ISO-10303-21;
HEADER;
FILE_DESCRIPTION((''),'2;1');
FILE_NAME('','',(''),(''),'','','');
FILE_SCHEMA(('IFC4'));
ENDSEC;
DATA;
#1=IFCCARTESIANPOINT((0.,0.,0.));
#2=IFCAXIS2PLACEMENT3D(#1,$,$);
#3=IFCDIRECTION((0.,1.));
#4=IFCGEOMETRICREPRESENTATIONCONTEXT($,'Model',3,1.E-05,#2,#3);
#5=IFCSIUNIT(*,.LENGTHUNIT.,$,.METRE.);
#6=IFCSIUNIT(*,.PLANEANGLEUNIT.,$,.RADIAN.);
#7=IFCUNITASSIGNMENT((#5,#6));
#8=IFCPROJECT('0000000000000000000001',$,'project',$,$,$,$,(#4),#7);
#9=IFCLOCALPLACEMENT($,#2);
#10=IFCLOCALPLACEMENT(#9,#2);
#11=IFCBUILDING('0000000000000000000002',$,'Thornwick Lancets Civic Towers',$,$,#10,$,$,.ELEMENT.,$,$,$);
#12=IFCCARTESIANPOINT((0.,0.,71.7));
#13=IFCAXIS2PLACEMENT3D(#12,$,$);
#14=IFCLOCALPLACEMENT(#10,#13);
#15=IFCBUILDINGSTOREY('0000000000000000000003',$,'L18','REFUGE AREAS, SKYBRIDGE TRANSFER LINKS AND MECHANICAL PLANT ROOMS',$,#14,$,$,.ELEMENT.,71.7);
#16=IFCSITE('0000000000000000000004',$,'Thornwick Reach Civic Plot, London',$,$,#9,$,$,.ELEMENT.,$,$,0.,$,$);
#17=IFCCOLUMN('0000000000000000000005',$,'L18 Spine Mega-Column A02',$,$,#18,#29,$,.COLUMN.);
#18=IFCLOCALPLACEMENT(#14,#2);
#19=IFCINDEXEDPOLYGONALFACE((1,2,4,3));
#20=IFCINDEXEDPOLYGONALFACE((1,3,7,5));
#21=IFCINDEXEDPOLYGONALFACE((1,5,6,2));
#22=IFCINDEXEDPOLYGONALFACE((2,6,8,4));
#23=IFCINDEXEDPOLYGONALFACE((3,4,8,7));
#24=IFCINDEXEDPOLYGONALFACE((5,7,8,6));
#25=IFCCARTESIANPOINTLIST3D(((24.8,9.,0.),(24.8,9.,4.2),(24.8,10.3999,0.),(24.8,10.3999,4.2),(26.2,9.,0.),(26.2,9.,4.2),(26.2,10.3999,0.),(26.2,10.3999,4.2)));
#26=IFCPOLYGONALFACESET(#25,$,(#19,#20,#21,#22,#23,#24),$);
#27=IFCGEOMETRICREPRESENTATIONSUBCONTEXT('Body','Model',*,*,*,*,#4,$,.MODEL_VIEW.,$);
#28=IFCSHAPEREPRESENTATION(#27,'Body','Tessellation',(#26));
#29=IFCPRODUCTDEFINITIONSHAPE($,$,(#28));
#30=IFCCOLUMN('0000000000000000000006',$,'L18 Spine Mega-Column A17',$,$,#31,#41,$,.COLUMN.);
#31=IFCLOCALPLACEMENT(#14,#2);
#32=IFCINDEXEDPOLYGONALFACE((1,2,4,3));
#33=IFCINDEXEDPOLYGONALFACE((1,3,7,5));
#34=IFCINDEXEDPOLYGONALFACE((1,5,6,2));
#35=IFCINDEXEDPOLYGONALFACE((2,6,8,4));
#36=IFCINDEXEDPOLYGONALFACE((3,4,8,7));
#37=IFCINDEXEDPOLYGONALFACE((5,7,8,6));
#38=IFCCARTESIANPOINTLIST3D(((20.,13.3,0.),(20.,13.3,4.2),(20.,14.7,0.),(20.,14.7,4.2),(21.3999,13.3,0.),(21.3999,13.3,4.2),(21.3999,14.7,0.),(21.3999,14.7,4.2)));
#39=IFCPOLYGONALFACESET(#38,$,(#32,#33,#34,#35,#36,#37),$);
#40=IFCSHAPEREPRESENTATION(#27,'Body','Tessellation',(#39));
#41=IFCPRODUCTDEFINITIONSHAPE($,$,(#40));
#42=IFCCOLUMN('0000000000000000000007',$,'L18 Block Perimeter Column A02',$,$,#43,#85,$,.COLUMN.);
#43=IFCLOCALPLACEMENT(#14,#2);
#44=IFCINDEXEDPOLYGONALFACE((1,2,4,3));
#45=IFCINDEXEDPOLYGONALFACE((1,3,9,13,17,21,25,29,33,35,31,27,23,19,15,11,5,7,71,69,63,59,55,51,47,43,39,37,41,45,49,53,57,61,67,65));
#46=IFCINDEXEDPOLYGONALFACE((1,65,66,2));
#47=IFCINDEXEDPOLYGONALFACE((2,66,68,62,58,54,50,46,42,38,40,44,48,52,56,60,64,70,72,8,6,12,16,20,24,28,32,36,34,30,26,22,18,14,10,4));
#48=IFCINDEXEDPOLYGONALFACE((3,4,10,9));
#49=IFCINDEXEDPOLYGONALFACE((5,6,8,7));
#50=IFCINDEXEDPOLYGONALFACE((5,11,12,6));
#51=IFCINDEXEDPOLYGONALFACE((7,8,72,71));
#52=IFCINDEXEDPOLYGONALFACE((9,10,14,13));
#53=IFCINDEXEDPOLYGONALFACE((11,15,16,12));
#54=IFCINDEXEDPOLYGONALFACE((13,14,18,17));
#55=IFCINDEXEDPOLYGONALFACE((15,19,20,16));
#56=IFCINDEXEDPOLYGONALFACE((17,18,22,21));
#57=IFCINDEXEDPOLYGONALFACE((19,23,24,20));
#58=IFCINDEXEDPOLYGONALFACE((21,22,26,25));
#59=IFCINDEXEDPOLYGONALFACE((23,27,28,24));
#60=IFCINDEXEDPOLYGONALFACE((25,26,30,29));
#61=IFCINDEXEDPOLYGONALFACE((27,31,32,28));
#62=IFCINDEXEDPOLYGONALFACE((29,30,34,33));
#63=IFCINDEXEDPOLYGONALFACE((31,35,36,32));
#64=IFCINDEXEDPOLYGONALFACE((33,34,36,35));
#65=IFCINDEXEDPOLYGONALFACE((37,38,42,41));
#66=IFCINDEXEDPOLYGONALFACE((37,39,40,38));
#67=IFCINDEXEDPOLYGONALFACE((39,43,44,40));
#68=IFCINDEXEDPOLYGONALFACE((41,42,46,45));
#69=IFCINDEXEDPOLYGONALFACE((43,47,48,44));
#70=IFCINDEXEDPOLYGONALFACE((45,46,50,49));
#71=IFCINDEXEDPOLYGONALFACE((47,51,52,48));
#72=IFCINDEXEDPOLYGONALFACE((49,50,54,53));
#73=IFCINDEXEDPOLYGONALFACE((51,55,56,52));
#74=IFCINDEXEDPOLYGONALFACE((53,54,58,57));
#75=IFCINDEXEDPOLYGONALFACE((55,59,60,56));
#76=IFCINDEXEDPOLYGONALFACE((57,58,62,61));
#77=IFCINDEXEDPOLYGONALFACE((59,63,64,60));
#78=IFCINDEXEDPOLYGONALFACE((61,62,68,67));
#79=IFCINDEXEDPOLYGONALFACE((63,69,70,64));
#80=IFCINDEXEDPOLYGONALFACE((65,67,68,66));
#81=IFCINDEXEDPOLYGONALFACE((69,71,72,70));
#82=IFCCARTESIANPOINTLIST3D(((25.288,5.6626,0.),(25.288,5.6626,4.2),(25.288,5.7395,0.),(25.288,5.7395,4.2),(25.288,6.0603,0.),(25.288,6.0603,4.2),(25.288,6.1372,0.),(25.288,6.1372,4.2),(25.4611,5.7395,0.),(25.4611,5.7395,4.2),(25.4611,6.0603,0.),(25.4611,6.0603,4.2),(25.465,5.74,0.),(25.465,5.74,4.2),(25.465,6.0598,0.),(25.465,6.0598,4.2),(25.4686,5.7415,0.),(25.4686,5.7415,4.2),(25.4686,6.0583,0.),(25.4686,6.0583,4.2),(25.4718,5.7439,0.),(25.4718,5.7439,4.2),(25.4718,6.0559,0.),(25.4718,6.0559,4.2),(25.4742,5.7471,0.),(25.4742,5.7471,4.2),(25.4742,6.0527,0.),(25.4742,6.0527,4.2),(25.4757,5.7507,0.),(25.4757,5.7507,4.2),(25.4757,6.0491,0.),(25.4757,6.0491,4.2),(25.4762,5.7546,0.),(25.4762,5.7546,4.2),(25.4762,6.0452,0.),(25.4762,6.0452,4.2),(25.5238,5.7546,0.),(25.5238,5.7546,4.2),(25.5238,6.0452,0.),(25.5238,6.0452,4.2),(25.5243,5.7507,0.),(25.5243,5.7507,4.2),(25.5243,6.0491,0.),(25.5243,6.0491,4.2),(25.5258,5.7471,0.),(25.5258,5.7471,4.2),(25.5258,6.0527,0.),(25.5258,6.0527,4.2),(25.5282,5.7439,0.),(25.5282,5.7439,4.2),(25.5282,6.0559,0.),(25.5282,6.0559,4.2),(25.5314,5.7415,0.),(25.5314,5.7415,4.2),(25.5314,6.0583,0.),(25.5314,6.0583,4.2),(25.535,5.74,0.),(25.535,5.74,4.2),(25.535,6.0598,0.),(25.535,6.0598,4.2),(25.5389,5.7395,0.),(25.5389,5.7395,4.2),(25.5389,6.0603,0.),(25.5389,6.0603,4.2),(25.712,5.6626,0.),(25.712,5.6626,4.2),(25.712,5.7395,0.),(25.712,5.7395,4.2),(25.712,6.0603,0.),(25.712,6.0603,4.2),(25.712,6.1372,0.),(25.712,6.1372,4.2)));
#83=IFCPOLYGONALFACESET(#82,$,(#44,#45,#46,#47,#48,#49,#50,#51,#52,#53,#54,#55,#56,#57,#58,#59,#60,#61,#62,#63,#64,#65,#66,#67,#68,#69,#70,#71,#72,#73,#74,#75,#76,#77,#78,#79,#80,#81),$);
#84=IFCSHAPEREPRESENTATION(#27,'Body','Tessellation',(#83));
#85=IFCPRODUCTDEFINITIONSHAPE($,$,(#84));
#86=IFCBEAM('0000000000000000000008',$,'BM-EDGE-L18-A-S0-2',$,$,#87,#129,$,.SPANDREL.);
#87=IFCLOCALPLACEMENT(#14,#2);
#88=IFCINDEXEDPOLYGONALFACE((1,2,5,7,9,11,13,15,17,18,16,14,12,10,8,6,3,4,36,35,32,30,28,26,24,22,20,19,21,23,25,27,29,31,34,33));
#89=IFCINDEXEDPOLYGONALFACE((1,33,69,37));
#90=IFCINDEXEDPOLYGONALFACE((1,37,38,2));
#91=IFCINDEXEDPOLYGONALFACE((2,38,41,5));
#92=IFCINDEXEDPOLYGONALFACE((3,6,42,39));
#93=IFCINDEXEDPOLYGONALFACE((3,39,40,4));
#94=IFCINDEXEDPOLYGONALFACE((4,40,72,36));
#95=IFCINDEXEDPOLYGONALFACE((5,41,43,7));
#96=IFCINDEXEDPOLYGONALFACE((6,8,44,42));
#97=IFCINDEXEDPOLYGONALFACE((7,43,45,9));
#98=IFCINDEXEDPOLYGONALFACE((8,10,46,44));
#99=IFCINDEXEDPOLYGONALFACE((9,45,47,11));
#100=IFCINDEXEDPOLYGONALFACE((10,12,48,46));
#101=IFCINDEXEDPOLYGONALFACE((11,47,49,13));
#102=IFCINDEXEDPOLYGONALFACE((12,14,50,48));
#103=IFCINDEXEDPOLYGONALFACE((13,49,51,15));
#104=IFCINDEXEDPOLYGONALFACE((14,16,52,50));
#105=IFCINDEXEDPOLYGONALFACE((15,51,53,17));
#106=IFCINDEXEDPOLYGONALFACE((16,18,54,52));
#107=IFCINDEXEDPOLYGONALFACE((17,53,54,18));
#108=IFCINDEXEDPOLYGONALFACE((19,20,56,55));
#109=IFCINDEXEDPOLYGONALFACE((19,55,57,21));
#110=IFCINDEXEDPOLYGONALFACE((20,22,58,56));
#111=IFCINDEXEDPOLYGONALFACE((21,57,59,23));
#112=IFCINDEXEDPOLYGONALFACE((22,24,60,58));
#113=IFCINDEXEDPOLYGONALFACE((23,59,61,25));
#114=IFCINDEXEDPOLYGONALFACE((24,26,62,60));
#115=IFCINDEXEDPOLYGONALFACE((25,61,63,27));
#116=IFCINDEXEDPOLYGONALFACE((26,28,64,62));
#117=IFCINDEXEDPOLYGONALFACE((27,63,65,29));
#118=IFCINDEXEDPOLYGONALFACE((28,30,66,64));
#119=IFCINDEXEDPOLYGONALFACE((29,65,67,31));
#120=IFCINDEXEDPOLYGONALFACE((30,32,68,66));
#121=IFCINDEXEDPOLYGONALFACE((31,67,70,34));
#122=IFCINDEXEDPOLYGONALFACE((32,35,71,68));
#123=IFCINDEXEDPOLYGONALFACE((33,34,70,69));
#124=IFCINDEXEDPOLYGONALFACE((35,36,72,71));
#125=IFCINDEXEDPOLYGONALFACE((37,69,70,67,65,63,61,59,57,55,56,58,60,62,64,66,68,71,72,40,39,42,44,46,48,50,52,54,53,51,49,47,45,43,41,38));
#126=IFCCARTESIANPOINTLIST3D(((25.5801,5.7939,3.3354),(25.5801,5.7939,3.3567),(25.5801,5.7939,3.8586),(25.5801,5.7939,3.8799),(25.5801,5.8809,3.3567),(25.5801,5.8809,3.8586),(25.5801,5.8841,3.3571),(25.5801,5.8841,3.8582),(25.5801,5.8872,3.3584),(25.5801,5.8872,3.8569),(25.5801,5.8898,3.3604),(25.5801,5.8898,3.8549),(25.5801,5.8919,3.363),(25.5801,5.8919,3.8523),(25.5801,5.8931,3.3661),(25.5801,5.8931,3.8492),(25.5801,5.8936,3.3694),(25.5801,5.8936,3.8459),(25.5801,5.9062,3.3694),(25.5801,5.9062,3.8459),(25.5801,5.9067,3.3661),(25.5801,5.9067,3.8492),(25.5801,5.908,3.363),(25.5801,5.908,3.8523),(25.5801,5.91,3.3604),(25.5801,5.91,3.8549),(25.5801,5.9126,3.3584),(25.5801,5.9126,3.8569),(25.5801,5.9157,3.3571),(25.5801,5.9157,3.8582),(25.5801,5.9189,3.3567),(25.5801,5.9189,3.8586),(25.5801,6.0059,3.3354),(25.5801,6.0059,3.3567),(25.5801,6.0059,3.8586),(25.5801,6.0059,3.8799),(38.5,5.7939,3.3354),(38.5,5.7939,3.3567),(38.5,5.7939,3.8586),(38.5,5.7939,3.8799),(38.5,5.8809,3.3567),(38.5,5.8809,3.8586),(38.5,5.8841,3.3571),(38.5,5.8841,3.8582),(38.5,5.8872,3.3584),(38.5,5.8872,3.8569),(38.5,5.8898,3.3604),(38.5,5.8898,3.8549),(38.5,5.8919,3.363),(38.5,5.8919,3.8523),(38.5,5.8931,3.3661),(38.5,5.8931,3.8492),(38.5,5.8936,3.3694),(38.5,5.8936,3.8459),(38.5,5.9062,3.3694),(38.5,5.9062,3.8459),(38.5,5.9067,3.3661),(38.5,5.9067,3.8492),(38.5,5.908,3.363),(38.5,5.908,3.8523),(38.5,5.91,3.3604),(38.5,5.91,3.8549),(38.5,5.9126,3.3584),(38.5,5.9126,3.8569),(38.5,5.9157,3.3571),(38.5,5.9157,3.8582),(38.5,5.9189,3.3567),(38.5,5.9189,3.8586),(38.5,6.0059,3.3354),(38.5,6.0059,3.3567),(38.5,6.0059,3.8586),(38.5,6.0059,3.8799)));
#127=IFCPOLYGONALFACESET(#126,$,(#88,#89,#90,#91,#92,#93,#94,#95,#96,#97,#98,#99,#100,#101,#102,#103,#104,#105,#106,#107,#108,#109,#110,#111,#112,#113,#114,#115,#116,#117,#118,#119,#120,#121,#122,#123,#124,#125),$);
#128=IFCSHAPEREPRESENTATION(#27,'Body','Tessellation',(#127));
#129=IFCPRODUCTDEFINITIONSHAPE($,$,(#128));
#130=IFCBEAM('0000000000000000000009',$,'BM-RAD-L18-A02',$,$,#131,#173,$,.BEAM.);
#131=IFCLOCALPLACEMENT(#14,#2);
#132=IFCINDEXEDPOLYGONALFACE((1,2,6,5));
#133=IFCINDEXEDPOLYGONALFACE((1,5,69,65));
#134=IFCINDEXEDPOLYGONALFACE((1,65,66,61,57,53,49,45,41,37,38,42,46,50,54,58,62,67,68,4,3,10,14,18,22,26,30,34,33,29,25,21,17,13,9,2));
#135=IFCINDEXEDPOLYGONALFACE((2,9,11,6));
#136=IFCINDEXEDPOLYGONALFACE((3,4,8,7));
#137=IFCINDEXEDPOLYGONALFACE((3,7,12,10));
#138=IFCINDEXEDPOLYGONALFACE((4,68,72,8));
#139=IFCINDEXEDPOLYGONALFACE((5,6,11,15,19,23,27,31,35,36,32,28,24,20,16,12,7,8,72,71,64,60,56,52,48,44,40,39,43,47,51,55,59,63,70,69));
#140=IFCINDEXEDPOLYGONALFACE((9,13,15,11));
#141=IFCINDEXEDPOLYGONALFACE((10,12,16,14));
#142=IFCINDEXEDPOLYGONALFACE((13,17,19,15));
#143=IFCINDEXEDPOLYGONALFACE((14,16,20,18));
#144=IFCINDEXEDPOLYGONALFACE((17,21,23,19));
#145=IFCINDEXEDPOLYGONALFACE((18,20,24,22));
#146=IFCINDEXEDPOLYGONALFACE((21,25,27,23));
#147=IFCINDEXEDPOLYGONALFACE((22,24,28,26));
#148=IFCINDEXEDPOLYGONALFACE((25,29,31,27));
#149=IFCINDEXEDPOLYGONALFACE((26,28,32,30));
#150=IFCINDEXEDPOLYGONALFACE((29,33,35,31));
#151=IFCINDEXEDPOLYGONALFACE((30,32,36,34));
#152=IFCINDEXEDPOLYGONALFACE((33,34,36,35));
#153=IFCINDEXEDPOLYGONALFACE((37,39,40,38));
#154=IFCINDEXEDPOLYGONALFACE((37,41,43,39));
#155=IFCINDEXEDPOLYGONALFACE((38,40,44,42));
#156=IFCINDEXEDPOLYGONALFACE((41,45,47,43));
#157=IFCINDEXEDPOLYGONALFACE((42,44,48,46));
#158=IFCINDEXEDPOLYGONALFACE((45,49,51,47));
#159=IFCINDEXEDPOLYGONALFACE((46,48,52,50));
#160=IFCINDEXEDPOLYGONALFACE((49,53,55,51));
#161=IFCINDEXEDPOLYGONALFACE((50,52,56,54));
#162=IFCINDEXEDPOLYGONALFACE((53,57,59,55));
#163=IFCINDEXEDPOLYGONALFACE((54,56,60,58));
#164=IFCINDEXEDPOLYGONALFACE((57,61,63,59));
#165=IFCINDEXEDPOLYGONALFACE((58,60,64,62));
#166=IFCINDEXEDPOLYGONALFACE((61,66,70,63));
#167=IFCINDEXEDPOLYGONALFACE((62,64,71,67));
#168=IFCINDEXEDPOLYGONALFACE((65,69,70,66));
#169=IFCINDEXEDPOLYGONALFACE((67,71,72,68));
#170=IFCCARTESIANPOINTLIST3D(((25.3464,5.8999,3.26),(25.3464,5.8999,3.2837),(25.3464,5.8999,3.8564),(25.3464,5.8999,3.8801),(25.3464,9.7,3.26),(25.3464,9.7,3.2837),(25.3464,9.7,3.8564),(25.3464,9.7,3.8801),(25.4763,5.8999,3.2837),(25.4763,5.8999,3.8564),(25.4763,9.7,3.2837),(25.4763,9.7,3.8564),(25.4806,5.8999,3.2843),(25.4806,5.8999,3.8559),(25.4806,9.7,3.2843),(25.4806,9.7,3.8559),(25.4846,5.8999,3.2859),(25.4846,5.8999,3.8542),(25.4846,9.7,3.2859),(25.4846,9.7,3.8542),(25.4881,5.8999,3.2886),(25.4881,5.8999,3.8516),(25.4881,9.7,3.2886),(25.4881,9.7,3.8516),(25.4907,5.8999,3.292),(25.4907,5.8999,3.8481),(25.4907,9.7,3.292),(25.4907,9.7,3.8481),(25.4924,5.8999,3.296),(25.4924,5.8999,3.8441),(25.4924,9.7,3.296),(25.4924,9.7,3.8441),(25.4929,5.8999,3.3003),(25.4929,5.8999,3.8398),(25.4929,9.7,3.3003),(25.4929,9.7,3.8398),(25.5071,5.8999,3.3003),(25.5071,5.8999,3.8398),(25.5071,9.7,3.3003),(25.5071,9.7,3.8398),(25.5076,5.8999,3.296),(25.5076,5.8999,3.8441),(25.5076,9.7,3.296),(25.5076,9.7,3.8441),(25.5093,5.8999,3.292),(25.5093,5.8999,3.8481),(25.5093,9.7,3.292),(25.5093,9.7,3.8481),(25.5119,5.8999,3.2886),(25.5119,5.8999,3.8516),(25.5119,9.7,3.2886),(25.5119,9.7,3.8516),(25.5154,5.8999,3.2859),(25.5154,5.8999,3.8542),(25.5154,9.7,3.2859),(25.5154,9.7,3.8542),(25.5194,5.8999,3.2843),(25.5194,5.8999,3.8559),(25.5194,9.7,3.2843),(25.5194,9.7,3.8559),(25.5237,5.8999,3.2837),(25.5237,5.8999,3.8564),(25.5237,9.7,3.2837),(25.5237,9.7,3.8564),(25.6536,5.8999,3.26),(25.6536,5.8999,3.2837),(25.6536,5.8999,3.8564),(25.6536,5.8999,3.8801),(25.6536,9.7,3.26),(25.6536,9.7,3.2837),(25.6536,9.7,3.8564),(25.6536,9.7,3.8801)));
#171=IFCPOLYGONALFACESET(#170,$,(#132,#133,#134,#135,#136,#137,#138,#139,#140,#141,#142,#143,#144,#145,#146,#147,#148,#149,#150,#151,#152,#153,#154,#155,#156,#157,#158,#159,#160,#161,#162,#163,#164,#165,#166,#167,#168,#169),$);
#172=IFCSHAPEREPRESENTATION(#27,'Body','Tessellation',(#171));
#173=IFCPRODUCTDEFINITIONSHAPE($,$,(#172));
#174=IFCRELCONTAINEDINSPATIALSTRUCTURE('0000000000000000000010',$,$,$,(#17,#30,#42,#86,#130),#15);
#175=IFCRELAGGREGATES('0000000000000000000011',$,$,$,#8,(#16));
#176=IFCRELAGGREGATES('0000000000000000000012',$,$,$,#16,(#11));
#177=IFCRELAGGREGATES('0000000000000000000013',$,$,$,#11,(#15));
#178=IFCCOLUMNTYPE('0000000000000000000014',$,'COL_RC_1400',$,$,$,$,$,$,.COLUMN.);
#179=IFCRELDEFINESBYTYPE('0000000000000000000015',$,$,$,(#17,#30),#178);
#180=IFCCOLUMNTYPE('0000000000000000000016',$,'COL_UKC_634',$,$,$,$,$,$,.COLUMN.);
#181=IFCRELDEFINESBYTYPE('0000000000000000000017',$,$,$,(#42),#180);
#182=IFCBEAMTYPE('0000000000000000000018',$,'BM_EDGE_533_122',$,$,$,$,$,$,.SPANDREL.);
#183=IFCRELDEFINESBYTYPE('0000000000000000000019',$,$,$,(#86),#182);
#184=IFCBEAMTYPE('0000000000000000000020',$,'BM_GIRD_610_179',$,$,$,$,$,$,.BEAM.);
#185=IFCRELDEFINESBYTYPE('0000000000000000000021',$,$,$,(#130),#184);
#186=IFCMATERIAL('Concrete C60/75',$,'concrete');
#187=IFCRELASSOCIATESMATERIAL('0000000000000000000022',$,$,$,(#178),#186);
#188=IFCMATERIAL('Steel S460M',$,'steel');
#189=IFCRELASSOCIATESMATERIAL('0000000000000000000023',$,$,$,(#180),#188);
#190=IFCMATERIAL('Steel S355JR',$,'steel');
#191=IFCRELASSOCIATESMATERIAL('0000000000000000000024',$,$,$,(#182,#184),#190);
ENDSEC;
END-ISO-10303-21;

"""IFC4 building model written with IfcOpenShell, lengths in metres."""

from ifc_helpers import new_model, si_unit, direction, frame, origin, origin_2d, place, context, subcontext, project, spatial, rectangle, i_section, extrude, material, material_profile, profile_set, type_object, element, save


model = new_model("IFC4")

# Units and contexts
model_context = context("Model", 3, precision=1e-05, world=origin(), true_north=direction((0.0, 1.0)))
body_context = subcontext(model_context, "Body", "Model", "MODEL_VIEW")
ifc_project = project(units=[si_unit("LENGTHUNIT", "METRE"), si_unit("PLANEANGLEUNIT", "RADIAN")], contexts=[model_context])

# Site, building, storey
site_placement = place(None, origin())
site = spatial("IfcSite", under=ifc_project, at=site_placement, Name="Thornwick Reach Civic Plot, London", CompositionType="ELEMENT", RefElevation=0.0)
building_placement = place(site_placement, origin())
building = spatial("IfcBuilding", under=site, at=building_placement, Name="Thornwick Lancets Civic Towers", CompositionType="ELEMENT")
storey_placement = place(building_placement, frame((0.0, 0.0, 71.7)))
storey = spatial("IfcBuildingStorey", under=building, at=storey_placement, Name="L18", Description="REFUGE AREAS, SKYBRIDGE TRANSFER LINKS AND MECHANICAL PLANT ROOMS", CompositionType="ELEMENT", Elevation=71.7)

# Columns
ifc_material_1 = material(Name="Concrete C60/75", Category="concrete")
ifc_material_profile_1 = material_profile(ifc_material_1, rectangle(XDim=1.3999, YDim=1.3999, at=origin_2d()), Name="RC 1400x1400")
ifc_profile_set_1 = profile_set([ifc_material_profile_1], Name="Concrete C60/75")
column_type_1 = type_object("IfcColumnType", Name="COL_RC_1400", PredefinedType="COLUMN", material=ifc_profile_set_1)
for number, where, z_axis, x_axis, name in (
    (1, (25.5, 9.7, 0.0), (0.0, 0.0, 1.0), (1.0, 0.0, 0.0), "L18 Spine Mega-Column A02"),
    (2, (20.7, 14.0, 0.0), (0.0, 0.0, 1.0), (1.0, 0.0, 0.0), "L18 Spine Mega-Column A17"),
):
    element("IfcColumn", number, at=place(storey_placement, frame(where, z_axis=z_axis, x_axis=x_axis)), inside=storey, type_object=column_type_1, Name=name, PredefinedType="COLUMN", context=body_context, shape_type="SweptSolid", body=[
        extrude(rectangle(XDim=1.3999, YDim=1.3999, at=origin_2d()), origin(), (0.0, 0.0, 1.0), 4.2),
    ])
ifc_material_2 = material(Name="Steel S460M", Category="steel")
ifc_material_profile_2 = material_profile(ifc_material_2, i_section(OverallWidth=0.4241, OverallDepth=0.4746, WebThickness=0.0476, FlangeThickness=0.0769, FilletRadius=0.0151, at=origin_2d()), Name="UKC 356x406x634")
ifc_profile_set_2 = profile_set([ifc_material_profile_2], Name="Steel S460M")
column_type_2 = type_object("IfcColumnType", Name="COL_UKC_634", PredefinedType="COLUMN", material=ifc_profile_set_2)
column_placement = place(storey_placement, frame((25.5, 5.8999, 0.0), z_axis=(0.0, 0.0, 1.0), x_axis=(1.0, 0.0, 0.0)))
element("IfcColumn", 3, at=column_placement, inside=storey, type_object=column_type_2, Name="L18 Block Perimeter Column A02", PredefinedType="COLUMN", context=body_context, shape_type="SweptSolid", body=[
    extrude(i_section(OverallWidth=0.4241, OverallDepth=0.4746, WebThickness=0.0476, FlangeThickness=0.0769, FilletRadius=0.0151, at=origin_2d()), origin(), (0.0, 0.0, 1.0), 4.2),
])

# Beams
ifc_material_3 = material(Name="Steel S355JR", Category="steel")
ifc_material_profile_3 = material_profile(ifc_material_3, i_section(OverallWidth=0.2119, OverallDepth=0.5444, WebThickness=0.0127, FlangeThickness=0.0212, FilletRadius=0.0127, at=origin_2d()), Name="UKB 533x210x122")
ifc_profile_set_3 = profile_set([ifc_material_profile_3], Name="Steel S355JR")
beam_type_1 = type_object("IfcBeamType", Name="BM_EDGE_533_122", PredefinedType="SPANDREL", material=ifc_profile_set_3)
beam_1_placement = place(storey_placement, frame((25.5801, 5.8999, 3.6077), z_axis=(1.0, 0.0, 0.0), x_axis=(0.0, 1.0, 0.0)))
element("IfcBeam", 4, at=beam_1_placement, inside=storey, type_object=beam_type_1, Name="BM-EDGE-L18-A-S0-2", PredefinedType="SPANDREL", context=body_context, shape_type="SweptSolid", body=[
    extrude(i_section(OverallWidth=0.2119, OverallDepth=0.5444, WebThickness=0.0127, FlangeThickness=0.0212, FilletRadius=0.0127, at=origin_2d()), origin(), (0.0, 0.0, 1.0), 12.9199),
])
ifc_material_profile_4 = material_profile(ifc_material_3, i_section(OverallWidth=0.3071, OverallDepth=0.6201, WebThickness=0.0142, FlangeThickness=0.0237, FilletRadius=0.0166, at=origin_2d()), Name="UKB 610x305x179")
ifc_profile_set_4 = profile_set([ifc_material_profile_4], Name="Steel S355JR")
beam_type_2 = type_object("IfcBeamType", Name="BM_GIRD_610_179", PredefinedType="BEAM", material=ifc_profile_set_4)
beam_2_placement = place(storey_placement, frame((25.5, 9.7, 3.5701), z_axis=(0.0, -1.0, 0.0), x_axis=(1.0, 0.0, 0.0)))
element("IfcBeam", 5, at=beam_2_placement, inside=storey, type_object=beam_type_2, Name="BM-RAD-L18-A02", PredefinedType="BEAM", context=body_context, shape_type="SweptSolid", body=[
    extrude(i_section(OverallWidth=0.3071, OverallDepth=0.6201, WebThickness=0.0142, FlangeThickness=0.0237, FilletRadius=0.0166, at=origin_2d()), origin(), (0.0, 0.0, 1.0), 3.8),
])

save(model, "model.ifc")
